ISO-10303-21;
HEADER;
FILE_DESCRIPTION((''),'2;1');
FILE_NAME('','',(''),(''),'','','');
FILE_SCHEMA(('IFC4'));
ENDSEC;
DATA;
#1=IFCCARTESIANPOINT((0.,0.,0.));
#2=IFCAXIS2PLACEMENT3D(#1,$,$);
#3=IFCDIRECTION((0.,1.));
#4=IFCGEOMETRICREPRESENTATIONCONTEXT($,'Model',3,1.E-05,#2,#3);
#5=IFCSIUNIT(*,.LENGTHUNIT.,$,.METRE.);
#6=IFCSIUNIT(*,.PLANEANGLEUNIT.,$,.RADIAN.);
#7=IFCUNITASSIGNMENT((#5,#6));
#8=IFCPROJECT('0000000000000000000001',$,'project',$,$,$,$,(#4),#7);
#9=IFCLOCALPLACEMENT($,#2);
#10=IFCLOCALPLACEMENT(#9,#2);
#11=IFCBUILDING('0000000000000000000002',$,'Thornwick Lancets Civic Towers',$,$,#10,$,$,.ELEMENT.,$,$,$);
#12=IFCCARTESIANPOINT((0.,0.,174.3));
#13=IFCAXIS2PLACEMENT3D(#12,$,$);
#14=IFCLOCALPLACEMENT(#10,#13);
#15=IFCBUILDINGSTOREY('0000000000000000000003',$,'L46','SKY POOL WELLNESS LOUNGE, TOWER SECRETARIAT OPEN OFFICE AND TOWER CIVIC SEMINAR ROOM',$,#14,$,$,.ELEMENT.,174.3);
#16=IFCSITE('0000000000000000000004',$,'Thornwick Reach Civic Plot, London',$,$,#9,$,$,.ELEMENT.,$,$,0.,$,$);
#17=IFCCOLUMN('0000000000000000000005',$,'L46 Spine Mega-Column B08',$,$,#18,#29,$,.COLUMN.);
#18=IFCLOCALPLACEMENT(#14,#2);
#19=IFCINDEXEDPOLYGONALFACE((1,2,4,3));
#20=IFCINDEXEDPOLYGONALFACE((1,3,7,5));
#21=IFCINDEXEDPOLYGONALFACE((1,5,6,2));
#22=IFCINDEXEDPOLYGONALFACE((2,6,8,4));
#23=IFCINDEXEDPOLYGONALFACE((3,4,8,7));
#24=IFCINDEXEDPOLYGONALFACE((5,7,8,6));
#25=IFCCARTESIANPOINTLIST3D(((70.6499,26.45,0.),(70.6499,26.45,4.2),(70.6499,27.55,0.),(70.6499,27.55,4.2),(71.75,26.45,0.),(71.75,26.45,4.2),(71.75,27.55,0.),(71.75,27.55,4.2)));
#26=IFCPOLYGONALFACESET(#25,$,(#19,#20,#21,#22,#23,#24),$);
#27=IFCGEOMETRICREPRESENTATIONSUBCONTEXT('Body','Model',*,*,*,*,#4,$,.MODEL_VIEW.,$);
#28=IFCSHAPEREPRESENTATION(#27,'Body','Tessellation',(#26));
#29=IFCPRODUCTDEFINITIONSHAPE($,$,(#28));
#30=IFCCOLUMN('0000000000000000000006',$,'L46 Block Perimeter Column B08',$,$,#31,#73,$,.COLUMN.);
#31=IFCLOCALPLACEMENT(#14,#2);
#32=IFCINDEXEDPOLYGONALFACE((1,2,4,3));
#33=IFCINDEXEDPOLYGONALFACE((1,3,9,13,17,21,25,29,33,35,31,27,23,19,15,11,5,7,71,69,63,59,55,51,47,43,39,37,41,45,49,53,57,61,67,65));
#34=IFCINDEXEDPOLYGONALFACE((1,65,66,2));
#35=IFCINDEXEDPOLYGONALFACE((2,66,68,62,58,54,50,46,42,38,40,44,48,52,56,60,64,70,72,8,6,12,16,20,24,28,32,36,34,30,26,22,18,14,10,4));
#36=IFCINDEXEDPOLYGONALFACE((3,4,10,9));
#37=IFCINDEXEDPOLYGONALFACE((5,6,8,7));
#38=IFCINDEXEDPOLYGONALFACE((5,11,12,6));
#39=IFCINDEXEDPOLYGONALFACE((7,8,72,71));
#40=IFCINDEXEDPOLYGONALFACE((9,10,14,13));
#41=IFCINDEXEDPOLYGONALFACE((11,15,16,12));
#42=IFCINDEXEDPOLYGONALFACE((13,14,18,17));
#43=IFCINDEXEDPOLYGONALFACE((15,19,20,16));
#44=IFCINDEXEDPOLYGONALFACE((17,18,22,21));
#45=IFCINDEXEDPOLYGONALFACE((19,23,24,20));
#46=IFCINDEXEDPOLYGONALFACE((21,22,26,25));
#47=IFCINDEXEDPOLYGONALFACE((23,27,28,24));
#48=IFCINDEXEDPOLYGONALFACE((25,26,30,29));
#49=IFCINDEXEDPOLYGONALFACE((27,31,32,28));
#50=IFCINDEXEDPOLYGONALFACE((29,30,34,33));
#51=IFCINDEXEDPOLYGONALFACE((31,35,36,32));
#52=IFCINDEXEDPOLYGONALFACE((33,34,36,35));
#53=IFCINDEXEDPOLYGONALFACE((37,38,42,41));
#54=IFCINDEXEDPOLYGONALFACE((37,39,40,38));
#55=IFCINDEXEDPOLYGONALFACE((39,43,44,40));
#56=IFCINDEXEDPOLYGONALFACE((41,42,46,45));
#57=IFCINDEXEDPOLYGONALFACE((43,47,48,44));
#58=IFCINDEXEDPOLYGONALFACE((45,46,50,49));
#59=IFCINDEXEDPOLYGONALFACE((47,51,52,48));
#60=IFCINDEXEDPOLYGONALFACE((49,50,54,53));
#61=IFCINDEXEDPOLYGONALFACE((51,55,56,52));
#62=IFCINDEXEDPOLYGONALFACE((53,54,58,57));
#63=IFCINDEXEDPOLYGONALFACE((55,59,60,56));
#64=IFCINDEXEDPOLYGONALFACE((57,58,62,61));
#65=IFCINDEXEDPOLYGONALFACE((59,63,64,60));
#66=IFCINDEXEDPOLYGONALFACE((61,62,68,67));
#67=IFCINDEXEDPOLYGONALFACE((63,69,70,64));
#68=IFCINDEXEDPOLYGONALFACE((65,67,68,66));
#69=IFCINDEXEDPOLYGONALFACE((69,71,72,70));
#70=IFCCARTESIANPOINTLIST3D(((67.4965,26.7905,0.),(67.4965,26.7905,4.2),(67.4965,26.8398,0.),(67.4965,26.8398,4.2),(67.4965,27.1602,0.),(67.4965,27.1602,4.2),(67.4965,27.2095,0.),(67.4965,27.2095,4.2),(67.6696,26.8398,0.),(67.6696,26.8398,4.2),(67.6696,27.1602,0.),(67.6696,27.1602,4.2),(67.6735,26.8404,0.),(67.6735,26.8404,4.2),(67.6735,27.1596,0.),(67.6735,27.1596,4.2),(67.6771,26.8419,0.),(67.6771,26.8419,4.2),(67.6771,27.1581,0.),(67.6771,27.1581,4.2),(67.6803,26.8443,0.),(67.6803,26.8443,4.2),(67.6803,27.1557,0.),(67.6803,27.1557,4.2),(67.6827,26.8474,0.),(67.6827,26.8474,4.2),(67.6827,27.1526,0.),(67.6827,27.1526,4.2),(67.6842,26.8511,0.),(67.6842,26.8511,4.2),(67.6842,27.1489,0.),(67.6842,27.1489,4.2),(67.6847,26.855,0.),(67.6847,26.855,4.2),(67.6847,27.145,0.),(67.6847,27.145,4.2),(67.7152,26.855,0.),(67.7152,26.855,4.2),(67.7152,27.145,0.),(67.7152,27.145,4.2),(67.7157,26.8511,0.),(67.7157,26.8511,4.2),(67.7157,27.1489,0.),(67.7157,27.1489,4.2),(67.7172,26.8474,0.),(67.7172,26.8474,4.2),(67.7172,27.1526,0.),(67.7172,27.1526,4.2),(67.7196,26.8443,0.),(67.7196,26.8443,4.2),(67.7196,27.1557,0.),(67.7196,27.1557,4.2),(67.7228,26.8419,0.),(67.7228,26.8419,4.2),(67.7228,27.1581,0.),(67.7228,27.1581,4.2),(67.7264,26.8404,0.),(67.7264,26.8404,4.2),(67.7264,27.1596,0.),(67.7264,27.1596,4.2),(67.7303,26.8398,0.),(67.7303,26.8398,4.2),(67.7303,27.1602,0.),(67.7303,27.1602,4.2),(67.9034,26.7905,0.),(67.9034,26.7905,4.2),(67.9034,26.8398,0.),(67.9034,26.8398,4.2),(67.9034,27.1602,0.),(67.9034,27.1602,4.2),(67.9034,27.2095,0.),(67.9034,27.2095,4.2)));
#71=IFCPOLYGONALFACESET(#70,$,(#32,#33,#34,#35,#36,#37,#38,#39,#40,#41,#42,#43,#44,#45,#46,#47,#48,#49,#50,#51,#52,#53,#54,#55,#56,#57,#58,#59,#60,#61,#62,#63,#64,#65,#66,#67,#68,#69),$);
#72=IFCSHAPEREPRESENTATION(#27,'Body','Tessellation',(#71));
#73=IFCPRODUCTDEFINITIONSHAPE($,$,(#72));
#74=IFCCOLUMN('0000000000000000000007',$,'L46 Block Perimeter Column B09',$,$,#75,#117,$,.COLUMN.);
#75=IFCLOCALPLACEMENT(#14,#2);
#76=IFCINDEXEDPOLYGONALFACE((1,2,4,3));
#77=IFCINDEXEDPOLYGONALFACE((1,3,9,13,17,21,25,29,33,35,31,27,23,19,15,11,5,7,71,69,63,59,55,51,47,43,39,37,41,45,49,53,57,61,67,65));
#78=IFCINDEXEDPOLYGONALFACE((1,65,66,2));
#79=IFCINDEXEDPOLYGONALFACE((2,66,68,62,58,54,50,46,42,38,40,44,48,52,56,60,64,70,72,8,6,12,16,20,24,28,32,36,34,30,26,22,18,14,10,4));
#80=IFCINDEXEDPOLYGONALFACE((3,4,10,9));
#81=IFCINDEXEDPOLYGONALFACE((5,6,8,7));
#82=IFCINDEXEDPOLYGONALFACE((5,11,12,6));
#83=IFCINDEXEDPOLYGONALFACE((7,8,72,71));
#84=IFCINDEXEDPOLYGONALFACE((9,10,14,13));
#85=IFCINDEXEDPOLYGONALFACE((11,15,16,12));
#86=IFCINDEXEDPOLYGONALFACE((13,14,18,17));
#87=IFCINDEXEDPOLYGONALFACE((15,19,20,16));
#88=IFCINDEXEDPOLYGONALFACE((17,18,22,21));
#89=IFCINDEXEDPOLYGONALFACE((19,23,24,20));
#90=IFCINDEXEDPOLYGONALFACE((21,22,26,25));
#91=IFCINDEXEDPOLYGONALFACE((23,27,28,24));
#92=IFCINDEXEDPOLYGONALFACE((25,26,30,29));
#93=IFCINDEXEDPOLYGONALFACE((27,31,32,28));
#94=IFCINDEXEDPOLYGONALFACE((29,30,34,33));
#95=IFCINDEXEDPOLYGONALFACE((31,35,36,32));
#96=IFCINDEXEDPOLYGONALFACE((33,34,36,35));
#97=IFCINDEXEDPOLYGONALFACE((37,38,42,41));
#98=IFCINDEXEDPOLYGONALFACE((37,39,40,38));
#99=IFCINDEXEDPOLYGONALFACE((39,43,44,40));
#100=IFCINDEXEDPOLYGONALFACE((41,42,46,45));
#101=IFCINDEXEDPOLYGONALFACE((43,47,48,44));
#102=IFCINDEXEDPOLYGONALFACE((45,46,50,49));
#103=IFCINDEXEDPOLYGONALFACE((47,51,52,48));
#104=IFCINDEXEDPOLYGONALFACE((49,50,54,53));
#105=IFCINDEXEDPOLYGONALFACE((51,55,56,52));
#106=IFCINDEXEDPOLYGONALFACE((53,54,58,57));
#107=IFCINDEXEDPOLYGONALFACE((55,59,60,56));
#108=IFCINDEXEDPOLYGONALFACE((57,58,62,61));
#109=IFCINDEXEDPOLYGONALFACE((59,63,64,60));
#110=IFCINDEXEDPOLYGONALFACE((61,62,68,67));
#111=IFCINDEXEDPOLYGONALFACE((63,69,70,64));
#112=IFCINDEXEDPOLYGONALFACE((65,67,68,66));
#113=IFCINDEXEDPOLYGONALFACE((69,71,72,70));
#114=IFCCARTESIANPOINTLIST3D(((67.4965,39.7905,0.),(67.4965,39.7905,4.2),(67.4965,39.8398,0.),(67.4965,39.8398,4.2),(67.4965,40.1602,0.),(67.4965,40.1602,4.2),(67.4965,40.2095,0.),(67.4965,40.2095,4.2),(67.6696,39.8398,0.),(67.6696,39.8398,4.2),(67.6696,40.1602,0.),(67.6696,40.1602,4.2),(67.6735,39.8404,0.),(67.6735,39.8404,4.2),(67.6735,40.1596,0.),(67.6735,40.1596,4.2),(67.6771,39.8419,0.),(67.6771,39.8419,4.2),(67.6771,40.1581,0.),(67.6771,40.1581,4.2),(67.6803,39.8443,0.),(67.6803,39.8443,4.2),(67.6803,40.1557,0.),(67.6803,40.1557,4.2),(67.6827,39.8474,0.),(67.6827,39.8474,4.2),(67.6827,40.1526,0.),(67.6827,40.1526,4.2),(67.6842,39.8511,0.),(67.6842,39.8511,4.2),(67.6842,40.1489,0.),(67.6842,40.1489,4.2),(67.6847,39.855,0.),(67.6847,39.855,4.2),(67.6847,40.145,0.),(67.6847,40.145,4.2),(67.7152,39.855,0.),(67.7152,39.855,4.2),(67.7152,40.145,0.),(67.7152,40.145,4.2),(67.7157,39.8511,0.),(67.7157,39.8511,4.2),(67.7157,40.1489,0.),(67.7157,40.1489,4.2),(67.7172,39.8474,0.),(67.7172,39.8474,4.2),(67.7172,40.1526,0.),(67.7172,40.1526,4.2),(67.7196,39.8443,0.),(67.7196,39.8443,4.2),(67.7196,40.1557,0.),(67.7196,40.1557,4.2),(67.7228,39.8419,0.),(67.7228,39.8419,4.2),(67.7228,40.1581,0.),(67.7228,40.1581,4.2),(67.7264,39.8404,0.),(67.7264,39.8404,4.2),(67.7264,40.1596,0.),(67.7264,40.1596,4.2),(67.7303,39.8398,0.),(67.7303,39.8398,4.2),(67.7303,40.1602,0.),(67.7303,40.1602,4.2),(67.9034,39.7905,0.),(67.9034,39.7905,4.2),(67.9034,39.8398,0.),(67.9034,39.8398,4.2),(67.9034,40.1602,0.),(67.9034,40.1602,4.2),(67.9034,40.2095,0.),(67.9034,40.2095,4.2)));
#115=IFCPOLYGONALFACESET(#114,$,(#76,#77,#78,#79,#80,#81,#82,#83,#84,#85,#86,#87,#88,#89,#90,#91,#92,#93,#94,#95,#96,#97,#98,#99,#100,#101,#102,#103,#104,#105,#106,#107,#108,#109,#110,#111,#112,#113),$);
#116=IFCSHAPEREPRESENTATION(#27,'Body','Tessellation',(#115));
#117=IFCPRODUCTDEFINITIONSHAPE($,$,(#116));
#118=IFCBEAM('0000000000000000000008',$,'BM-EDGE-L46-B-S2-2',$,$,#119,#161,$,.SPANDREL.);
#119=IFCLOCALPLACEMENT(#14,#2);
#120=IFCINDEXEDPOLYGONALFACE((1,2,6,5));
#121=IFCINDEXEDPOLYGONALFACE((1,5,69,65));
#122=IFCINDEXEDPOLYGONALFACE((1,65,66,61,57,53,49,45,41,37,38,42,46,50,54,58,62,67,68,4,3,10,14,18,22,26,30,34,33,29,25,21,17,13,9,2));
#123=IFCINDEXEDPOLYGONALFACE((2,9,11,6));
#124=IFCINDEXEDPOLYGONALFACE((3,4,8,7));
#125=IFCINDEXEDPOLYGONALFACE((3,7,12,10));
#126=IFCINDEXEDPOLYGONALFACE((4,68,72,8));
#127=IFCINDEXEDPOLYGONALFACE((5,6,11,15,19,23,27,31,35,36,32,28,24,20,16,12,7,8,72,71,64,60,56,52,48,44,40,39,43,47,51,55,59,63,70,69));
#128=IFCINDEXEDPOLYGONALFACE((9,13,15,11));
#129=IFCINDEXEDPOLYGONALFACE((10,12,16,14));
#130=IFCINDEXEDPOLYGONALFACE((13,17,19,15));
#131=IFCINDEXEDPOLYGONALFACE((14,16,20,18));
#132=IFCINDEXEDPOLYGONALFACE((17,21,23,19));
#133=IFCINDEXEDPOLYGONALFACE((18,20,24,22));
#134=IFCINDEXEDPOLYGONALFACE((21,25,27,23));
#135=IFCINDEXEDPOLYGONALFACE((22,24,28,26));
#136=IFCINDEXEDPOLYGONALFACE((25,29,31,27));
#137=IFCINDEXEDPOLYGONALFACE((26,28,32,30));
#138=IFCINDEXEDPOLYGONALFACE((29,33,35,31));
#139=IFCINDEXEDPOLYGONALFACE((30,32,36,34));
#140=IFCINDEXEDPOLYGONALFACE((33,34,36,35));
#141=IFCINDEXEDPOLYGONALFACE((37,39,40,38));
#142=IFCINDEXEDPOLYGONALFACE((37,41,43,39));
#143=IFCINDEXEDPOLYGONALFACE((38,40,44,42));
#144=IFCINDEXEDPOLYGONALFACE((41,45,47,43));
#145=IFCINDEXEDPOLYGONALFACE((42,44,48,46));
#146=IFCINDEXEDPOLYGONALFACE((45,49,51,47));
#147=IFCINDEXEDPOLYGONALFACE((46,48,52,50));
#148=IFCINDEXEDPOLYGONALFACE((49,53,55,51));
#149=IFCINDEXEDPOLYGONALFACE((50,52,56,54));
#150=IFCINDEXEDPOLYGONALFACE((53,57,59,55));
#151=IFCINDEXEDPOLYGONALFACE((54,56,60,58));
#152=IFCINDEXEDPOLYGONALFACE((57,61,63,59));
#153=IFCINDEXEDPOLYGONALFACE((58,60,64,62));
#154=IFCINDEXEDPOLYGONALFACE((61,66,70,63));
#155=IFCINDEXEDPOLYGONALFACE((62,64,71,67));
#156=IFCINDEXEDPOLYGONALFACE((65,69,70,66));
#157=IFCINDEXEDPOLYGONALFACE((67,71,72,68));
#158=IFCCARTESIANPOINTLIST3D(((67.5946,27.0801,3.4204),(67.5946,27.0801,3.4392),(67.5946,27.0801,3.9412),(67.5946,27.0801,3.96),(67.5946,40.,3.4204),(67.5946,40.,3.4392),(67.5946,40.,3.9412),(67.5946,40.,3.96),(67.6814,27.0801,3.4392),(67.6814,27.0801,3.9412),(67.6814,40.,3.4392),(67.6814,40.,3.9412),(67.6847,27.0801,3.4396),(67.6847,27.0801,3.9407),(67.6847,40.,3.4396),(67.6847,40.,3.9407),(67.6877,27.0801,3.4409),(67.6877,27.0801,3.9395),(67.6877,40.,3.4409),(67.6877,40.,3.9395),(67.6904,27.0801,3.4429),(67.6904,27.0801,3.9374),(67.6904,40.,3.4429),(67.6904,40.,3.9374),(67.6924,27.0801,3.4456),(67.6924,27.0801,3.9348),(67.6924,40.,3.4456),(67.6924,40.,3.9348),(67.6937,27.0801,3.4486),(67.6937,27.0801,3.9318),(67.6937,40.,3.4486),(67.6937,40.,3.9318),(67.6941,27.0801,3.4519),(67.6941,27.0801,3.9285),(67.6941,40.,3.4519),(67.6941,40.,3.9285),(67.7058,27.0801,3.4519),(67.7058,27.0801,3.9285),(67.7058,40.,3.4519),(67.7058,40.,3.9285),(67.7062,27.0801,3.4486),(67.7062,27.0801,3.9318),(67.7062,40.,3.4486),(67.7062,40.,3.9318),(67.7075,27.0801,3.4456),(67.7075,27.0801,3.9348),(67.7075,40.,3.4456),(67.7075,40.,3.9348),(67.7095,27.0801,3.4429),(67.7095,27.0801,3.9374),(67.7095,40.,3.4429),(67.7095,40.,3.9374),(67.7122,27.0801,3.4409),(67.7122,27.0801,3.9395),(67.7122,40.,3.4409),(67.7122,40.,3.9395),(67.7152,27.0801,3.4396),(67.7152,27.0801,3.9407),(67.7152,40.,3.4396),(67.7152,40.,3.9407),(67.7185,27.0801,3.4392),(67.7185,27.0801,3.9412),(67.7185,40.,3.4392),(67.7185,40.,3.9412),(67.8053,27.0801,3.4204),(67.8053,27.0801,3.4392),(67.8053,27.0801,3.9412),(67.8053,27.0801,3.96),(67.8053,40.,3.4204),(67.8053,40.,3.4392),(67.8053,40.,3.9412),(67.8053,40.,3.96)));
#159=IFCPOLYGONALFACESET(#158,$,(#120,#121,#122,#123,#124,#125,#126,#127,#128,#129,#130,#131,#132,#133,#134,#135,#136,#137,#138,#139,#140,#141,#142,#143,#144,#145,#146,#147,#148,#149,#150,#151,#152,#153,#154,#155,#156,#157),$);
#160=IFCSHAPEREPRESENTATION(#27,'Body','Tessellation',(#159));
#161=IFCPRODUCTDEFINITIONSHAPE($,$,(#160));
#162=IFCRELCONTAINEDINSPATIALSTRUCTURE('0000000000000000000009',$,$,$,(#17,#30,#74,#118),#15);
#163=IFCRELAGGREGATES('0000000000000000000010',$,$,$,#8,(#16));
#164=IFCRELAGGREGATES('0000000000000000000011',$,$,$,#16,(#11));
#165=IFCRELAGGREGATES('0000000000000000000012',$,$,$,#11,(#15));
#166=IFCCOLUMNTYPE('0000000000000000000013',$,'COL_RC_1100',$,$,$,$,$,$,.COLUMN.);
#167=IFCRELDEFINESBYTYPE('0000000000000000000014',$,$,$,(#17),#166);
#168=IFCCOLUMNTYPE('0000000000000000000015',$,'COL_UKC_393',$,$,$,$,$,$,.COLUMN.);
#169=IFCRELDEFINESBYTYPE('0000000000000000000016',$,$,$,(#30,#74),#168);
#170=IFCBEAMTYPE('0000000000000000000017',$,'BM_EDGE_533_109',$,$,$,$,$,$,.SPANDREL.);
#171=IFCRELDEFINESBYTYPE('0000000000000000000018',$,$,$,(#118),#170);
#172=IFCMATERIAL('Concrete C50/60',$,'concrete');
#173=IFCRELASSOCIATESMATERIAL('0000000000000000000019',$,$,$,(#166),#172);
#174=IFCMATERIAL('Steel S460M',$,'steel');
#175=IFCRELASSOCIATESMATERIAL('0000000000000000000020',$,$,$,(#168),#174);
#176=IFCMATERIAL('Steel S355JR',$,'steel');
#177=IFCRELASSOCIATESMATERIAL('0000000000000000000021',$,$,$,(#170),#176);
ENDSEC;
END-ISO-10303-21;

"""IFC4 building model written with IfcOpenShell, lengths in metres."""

from ifc_helpers import new_model, si_unit, direction, frame, origin, origin_2d, place, context, subcontext, project, spatial, rectangle, i_section, extrude, material, material_profile, profile_set, type_object, element, save


model = new_model("IFC4")

# Units and contexts
model_context = context("Model", 3, precision=1e-05, world=origin(), true_north=direction((0.0, 1.0)))
body_context = subcontext(model_context, "Body", "Model", "MODEL_VIEW")
ifc_project = project(units=[si_unit("LENGTHUNIT", "METRE"), si_unit("PLANEANGLEUNIT", "RADIAN")], contexts=[model_context])

# Site, building, storey
site_placement = place(None, origin())
site = spatial("IfcSite", under=ifc_project, at=site_placement, Name="Thornwick Reach Civic Plot, London", CompositionType="ELEMENT", RefElevation=0.0)
building_placement = place(site_placement, origin())
building = spatial("IfcBuilding", under=site, at=building_placement, Name="Thornwick Lancets Civic Towers", CompositionType="ELEMENT")
storey_placement = place(building_placement, frame((0.0, 0.0, 174.3)))
storey = spatial("IfcBuildingStorey", under=building, at=storey_placement, Name="L46", Description="SKY POOL WELLNESS LOUNGE, TOWER SECRETARIAT OPEN OFFICE AND TOWER CIVIC SEMINAR ROOM", CompositionType="ELEMENT", Elevation=174.3)

# Columns
ifc_material_1 = material(Name="Concrete C50/60", Category="concrete")
ifc_material_profile_1 = material_profile(ifc_material_1, rectangle(XDim=1.1001, YDim=1.1001, at=origin_2d()), Name="RC 1100x1100")
ifc_profile_set_1 = profile_set([ifc_material_profile_1], Name="Concrete C50/60")
column_type_1 = type_object("IfcColumnType", Name="COL_RC_1100", PredefinedType="COLUMN", material=ifc_profile_set_1)
column_placement = place(storey_placement, frame((71.2, 27.0, 0.0), z_axis=(0.0, 0.0, 1.0), x_axis=(1.0, 0.0, 0.0)))
element("IfcColumn", 1, at=column_placement, inside=storey, type_object=column_type_1, Name="L46 Spine Mega-Column B08", PredefinedType="COLUMN", context=body_context, shape_type="SweptSolid", body=[
    extrude(rectangle(XDim=1.1001, YDim=1.1001, at=origin_2d()), origin(), (0.0, 0.0, 1.0), 4.2),
])
ifc_material_2 = material(Name="Steel S460M", Category="steel")
ifc_material_profile_2 = material_profile(ifc_material_2, i_section(OverallWidth=0.407, OverallDepth=0.4189, WebThickness=0.0305, FlangeThickness=0.0493, FilletRadius=0.0151, at=origin_2d()), Name="UKC 356x406x393")
ifc_profile_set_2 = profile_set([ifc_material_profile_2], Name="Steel S460M")
column_type_2 = type_object("IfcColumnType", Name="COL_UKC_393", PredefinedType="COLUMN", material=ifc_profile_set_2)
for number, where, z_axis, x_axis, name in (
    (2, (67.7, 27.0, 0.0), (0.0, 0.0, 1.0), (1.0, 0.0, 0.0), "L46 Block Perimeter Column B08"),
    (3, (67.7, 40.0, 0.0), (0.0, 0.0, 1.0), (1.0, 0.0, 0.0), "L46 Block Perimeter Column B09"),
):
    element("IfcColumn", number, at=place(storey_placement, frame(where, z_axis=z_axis, x_axis=x_axis)), inside=storey, type_object=column_type_2, Name=name, PredefinedType="COLUMN", context=body_context, shape_type="SweptSolid", body=[
        extrude(i_section(OverallWidth=0.407, OverallDepth=0.4189, WebThickness=0.0305, FlangeThickness=0.0493, FilletRadius=0.0151, at=origin_2d()), origin(), (0.0, 0.0, 1.0), 4.2),
    ])

# Beam
ifc_material_3 = material(Name="Steel S355JR", Category="steel")
ifc_material_profile_3 = material_profile(ifc_material_3, i_section(OverallWidth=0.2107, OverallDepth=0.5396, WebThickness=0.0117, FlangeThickness=0.0188, FilletRadius=0.0127, at=origin_2d()), Name="UKB 533x210x109")
ifc_profile_set_3 = profile_set([ifc_material_profile_3], Name="Steel S355JR")
beam_type_1 = type_object("IfcBeamType", Name="BM_EDGE_533_109", PredefinedType="SPANDREL", material=ifc_profile_set_3)
beam_1_placement = place(storey_placement, frame((67.7, 27.0801, 3.6902), z_axis=(0.0, 1.0, 0.0), x_axis=(-1.0, 0.0, 0.0)))
element("IfcBeam", 4, at=beam_1_placement, inside=storey, type_object=beam_type_1, Name="BM-EDGE-L46-B-S2-2", PredefinedType="SPANDREL", context=body_context, shape_type="SweptSolid", body=[
    extrude(i_section(OverallWidth=0.2107, OverallDepth=0.5396, WebThickness=0.0117, FlangeThickness=0.0188, FilletRadius=0.0127, at=origin_2d()), origin(), (0.0, 0.0, 1.0), 12.9199),
])

save(model, "model.ifc")
